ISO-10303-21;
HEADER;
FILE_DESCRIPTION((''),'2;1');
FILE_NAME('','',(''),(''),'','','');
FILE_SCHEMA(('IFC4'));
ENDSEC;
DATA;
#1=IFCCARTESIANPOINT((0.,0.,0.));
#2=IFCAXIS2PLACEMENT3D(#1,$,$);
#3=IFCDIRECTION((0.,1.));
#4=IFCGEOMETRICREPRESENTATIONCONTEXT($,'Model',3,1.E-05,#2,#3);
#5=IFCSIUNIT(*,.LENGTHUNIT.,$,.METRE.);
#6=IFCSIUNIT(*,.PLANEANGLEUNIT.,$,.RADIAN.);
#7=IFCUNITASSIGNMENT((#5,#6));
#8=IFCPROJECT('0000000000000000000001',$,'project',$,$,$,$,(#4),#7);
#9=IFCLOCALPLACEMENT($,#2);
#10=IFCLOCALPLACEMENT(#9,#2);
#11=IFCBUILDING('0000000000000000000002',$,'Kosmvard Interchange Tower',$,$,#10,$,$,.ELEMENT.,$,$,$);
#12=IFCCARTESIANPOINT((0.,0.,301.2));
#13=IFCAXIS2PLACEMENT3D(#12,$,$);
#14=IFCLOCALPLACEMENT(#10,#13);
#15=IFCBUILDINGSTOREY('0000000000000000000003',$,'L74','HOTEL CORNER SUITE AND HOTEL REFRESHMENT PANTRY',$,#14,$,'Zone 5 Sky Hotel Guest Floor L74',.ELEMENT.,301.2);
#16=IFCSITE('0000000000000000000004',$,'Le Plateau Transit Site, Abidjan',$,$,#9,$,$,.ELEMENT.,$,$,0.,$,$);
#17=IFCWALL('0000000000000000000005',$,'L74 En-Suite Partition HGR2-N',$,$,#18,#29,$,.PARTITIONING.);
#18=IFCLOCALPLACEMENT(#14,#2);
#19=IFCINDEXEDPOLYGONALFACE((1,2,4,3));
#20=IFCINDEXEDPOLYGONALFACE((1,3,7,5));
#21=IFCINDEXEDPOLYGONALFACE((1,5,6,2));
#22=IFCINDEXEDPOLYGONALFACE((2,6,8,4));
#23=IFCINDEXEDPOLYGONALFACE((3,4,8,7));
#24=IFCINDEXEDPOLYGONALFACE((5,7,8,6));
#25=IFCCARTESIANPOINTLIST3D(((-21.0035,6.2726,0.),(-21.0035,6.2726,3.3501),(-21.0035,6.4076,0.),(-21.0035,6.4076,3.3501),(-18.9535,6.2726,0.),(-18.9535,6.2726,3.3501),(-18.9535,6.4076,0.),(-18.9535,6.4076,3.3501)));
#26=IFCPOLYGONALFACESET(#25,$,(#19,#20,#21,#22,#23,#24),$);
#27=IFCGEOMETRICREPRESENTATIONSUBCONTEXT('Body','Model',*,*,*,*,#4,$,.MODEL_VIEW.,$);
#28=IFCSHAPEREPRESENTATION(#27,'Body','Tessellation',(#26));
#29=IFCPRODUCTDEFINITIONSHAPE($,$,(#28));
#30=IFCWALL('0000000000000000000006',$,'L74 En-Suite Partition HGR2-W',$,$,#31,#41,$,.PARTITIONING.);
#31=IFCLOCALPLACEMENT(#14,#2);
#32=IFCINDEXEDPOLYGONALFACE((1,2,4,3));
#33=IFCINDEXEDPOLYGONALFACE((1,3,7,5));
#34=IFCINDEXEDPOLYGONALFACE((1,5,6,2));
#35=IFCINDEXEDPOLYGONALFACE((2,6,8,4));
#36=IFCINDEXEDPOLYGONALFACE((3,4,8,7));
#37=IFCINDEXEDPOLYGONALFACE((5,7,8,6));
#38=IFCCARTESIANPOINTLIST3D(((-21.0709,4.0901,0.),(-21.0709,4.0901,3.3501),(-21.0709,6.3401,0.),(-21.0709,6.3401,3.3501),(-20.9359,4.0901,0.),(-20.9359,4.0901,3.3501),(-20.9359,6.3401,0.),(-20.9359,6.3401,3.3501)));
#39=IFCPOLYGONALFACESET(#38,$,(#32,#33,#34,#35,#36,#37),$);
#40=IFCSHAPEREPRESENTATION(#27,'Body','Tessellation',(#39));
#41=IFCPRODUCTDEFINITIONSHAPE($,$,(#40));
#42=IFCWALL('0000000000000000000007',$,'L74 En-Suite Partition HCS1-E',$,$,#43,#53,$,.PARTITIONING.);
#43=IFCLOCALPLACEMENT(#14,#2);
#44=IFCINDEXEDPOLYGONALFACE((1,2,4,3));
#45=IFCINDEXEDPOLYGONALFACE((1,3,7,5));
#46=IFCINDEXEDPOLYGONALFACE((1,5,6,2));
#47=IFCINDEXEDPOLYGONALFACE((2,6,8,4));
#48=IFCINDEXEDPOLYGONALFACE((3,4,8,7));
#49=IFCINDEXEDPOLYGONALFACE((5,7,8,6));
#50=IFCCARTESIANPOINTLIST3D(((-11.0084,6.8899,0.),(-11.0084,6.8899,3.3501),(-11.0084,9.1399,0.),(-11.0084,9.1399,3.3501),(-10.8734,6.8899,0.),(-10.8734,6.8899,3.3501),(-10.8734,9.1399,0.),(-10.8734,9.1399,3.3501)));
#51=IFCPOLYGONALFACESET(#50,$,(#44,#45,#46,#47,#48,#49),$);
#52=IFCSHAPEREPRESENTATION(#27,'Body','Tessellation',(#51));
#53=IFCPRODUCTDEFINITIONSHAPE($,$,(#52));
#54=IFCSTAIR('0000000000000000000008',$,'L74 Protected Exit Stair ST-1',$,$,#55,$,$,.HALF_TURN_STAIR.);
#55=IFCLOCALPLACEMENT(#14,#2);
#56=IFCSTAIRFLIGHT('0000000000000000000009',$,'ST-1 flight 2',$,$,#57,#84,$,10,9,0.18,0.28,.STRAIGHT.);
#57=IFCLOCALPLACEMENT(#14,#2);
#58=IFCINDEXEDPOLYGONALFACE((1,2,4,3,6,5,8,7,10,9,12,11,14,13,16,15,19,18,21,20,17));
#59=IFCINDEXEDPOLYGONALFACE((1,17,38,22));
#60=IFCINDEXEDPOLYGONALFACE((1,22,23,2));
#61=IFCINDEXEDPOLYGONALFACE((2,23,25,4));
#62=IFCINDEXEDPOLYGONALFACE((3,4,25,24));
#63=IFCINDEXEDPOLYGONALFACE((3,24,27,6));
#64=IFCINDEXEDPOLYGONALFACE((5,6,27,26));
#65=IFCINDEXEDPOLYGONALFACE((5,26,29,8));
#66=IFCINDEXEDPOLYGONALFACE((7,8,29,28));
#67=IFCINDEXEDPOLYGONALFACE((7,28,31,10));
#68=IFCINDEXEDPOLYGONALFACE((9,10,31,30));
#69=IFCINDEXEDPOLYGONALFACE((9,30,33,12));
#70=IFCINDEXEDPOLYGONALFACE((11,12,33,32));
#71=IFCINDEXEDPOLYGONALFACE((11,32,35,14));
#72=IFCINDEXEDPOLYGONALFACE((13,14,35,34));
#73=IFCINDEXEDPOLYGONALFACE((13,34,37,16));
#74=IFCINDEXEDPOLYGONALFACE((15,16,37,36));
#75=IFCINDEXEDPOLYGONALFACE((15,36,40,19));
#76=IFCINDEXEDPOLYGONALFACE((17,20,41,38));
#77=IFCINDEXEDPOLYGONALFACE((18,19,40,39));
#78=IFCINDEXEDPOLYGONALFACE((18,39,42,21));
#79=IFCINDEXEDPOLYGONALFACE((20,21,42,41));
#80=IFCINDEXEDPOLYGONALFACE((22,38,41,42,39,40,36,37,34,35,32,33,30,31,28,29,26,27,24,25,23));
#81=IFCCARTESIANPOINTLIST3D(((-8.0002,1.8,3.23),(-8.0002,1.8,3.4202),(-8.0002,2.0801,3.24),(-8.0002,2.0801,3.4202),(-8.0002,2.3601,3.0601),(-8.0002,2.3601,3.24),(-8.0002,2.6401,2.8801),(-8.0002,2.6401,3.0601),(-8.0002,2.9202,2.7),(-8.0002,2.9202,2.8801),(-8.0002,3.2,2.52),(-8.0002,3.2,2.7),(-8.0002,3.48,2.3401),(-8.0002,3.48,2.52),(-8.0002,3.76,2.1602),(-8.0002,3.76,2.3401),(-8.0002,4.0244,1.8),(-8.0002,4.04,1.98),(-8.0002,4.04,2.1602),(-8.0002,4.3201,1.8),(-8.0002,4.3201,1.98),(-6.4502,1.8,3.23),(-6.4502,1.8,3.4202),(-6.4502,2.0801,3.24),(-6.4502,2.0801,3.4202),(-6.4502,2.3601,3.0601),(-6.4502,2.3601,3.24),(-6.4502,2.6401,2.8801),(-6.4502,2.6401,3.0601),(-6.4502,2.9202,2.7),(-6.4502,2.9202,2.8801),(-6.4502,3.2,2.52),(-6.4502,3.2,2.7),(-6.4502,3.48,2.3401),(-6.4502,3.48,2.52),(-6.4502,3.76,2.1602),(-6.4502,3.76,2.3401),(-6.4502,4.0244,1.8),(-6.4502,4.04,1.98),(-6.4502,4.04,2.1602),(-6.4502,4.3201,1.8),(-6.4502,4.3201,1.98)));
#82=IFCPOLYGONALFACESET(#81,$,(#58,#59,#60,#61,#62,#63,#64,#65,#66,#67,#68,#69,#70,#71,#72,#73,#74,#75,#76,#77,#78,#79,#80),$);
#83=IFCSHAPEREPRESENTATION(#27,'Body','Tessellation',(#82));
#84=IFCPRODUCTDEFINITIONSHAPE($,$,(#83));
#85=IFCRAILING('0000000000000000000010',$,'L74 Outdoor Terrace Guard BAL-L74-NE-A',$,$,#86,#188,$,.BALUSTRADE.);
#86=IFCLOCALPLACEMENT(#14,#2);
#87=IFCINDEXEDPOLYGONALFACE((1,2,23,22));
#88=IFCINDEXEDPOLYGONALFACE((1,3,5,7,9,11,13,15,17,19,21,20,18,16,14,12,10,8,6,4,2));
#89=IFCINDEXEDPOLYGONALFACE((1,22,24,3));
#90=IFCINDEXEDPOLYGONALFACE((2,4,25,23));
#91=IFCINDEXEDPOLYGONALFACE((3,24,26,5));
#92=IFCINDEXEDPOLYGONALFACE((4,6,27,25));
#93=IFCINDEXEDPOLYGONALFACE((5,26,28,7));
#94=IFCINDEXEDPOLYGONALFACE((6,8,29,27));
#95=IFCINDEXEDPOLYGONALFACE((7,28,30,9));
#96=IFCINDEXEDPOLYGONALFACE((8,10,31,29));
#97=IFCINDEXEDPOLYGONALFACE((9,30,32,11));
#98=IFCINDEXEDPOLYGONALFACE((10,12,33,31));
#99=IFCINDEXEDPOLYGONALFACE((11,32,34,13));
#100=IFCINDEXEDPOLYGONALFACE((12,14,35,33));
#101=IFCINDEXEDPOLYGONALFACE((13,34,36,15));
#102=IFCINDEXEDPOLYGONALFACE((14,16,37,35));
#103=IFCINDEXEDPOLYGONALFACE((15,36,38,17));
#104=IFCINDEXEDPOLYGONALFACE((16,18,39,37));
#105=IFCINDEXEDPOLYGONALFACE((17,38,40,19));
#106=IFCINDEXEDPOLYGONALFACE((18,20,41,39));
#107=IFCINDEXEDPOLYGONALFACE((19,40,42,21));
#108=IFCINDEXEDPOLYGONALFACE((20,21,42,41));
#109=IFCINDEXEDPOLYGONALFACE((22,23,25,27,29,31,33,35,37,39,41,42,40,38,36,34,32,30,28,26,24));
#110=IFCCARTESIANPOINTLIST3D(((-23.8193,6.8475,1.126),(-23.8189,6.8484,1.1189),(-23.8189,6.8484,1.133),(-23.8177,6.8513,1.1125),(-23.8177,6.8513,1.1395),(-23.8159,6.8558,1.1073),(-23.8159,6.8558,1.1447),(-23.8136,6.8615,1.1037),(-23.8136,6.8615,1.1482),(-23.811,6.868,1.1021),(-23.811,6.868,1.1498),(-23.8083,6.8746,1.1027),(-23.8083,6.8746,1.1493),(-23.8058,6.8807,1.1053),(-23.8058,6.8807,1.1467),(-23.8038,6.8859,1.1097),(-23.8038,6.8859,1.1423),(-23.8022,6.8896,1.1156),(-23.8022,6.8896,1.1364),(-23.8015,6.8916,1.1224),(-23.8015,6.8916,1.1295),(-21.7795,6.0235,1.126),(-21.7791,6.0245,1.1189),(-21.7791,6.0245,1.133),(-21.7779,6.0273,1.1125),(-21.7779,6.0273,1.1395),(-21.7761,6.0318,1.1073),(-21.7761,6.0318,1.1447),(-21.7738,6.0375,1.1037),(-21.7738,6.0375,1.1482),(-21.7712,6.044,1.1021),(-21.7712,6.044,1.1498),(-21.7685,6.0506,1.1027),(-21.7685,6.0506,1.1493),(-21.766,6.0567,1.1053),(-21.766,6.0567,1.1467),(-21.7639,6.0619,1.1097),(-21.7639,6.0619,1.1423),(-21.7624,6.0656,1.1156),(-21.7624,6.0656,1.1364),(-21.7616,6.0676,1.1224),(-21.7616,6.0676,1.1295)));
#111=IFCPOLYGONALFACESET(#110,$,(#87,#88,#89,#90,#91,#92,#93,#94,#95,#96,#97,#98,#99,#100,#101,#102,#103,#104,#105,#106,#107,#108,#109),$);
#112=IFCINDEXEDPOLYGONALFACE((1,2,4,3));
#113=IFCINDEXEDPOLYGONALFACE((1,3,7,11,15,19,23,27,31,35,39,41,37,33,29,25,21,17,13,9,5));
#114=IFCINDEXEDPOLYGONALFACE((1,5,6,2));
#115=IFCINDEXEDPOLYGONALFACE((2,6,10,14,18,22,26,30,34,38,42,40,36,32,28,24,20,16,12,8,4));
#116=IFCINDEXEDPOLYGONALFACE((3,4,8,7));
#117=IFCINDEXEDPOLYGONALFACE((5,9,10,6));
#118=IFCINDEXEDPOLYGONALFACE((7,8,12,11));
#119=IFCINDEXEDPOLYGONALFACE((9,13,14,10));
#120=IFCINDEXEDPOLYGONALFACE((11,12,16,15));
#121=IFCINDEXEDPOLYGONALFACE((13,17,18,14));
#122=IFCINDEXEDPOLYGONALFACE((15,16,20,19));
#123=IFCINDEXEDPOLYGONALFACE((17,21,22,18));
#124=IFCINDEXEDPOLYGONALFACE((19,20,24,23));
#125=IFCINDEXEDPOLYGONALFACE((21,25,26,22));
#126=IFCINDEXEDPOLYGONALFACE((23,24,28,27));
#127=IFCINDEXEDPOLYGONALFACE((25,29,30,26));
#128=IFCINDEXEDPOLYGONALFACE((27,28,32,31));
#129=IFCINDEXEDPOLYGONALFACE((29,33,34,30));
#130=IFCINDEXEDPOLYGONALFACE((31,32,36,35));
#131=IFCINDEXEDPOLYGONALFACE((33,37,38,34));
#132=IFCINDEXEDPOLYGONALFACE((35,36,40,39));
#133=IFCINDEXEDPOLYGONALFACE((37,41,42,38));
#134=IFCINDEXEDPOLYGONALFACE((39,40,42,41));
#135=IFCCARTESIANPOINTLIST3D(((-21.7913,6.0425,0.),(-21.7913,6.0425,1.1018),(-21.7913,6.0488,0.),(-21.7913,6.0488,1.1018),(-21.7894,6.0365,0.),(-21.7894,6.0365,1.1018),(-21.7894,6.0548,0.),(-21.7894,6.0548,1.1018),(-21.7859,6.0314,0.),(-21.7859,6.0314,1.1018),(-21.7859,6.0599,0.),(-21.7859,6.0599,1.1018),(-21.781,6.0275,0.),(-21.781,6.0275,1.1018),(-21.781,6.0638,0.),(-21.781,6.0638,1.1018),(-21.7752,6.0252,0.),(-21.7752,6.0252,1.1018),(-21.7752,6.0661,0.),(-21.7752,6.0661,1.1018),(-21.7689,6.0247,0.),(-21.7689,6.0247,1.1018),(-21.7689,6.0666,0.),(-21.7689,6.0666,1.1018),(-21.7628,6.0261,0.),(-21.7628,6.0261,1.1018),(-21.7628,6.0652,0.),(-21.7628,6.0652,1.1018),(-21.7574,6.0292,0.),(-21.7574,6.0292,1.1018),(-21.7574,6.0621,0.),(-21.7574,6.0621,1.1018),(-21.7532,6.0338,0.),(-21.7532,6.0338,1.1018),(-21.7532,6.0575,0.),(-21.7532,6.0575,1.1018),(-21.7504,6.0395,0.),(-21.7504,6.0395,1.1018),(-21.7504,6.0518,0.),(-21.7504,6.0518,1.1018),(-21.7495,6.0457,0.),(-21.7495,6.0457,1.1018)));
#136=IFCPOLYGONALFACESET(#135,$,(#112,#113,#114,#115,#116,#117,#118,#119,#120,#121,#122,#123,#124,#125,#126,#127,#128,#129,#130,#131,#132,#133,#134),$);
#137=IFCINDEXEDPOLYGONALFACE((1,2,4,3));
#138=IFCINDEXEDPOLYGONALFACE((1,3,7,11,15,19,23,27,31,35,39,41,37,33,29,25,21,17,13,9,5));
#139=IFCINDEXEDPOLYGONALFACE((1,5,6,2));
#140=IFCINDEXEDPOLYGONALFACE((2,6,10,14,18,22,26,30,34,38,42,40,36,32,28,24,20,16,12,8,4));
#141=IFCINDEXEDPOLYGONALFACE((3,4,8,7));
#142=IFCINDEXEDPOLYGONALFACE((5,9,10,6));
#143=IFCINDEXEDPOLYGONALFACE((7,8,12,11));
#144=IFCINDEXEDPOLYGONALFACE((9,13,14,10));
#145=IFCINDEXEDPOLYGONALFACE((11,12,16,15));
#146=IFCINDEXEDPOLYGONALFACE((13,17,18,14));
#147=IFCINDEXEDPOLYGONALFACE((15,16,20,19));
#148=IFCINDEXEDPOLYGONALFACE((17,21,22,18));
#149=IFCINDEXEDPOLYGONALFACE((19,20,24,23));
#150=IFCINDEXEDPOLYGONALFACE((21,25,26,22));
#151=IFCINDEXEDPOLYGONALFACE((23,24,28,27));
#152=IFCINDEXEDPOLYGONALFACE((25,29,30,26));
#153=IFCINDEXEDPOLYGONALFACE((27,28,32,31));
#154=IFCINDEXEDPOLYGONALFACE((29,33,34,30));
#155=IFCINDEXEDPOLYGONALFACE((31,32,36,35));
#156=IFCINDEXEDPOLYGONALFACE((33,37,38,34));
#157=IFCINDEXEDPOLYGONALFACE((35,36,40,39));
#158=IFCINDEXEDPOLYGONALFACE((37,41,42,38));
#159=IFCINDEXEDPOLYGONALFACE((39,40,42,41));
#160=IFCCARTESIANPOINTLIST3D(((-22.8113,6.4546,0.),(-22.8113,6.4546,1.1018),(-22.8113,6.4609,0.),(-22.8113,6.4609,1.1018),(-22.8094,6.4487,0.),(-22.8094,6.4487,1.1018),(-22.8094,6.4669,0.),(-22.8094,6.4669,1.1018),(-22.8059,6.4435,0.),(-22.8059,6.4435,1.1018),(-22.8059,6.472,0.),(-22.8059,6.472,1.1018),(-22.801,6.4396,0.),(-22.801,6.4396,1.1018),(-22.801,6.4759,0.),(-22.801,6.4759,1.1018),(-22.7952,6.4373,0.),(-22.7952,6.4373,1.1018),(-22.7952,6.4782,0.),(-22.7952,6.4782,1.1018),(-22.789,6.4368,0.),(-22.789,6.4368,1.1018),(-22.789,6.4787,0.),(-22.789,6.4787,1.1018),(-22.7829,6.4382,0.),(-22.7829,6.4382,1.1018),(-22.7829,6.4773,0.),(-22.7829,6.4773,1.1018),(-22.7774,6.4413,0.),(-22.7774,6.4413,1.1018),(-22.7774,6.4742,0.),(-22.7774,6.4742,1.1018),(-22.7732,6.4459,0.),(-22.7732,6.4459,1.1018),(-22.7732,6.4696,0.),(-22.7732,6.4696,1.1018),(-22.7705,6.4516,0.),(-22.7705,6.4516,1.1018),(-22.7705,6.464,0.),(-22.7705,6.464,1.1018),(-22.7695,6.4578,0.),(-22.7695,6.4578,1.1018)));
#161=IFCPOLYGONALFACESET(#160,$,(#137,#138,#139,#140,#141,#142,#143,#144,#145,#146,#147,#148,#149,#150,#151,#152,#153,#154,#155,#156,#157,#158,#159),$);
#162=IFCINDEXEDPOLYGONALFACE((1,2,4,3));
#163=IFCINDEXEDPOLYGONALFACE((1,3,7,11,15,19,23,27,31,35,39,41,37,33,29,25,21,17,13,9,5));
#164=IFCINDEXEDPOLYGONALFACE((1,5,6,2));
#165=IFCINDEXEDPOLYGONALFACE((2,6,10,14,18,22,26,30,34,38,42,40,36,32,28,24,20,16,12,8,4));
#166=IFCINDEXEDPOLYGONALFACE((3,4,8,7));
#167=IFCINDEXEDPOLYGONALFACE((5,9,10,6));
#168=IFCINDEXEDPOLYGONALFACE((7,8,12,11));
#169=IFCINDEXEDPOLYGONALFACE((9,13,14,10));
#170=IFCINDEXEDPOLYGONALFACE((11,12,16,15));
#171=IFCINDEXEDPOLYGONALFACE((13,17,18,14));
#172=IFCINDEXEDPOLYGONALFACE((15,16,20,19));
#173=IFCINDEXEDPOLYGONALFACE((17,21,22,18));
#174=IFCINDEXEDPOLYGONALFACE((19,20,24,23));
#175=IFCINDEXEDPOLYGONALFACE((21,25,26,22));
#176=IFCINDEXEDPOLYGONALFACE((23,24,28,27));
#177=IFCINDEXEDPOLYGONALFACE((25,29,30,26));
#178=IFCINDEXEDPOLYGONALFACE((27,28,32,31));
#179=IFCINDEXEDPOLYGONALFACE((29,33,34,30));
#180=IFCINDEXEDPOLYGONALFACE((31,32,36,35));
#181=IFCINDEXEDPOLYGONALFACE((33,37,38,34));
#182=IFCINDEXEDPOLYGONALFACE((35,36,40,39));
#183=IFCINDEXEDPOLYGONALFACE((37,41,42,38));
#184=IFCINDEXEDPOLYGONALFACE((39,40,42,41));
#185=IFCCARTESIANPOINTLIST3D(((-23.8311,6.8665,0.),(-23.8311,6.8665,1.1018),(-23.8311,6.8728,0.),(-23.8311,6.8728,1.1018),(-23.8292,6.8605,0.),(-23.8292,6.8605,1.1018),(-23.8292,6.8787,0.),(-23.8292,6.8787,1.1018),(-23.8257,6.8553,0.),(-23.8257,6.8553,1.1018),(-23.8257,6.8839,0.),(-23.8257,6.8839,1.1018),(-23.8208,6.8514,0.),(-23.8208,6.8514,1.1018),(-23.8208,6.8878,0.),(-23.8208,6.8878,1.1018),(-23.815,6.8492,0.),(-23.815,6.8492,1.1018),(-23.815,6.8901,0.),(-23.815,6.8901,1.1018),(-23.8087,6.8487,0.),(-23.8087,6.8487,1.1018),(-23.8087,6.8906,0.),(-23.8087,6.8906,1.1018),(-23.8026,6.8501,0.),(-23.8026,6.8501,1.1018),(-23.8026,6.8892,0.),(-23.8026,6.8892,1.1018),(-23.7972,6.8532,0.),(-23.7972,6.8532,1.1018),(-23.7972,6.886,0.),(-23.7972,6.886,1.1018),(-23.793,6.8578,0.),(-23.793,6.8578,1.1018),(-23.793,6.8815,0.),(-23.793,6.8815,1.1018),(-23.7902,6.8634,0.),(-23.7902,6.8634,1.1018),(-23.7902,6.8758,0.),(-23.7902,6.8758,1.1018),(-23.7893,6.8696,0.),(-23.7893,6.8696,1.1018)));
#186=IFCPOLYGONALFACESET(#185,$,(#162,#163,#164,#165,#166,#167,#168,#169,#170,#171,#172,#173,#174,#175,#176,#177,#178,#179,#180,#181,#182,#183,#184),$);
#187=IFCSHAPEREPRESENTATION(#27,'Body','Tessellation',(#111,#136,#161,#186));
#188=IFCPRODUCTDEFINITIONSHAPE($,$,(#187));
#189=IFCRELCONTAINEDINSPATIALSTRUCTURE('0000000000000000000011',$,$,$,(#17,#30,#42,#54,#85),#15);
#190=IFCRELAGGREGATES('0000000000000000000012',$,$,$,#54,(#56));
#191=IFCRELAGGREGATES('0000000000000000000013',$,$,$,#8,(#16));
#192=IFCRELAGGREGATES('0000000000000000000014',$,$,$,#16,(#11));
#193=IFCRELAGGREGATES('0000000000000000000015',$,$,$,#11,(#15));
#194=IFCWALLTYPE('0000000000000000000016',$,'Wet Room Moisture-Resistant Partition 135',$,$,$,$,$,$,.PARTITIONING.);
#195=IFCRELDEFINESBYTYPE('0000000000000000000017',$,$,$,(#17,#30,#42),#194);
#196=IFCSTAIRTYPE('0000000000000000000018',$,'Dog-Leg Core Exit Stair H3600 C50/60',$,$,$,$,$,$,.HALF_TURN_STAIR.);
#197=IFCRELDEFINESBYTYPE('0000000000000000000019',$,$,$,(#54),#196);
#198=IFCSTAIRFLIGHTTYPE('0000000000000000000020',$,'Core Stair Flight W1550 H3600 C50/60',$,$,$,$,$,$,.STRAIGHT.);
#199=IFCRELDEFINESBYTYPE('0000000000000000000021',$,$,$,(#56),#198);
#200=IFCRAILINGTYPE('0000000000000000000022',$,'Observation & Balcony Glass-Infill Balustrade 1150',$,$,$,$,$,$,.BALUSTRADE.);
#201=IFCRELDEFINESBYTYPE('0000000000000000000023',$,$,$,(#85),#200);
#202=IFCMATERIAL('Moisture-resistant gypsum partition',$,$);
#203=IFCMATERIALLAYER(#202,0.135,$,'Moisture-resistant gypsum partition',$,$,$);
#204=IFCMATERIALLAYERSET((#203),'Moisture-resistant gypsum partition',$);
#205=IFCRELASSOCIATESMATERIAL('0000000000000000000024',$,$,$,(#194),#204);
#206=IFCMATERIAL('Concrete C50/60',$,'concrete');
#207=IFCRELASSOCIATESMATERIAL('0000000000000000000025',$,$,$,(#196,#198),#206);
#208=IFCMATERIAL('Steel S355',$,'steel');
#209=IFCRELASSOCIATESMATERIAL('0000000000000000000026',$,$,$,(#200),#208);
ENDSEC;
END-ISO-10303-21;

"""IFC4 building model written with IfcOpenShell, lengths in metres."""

from ifc_helpers import new_model, si_unit, direction, frame, frame_2d, origin, origin_2d, place, context, subcontext, project, spatial, polyline, rectangle, circle, outline, extrude, source, transform, mapped, material, layer, layer_set, type_object, element, aggregate, save


model = new_model("IFC4")

# Units and contexts
model_context = context("Model", 3, precision=1e-05, world=origin(), true_north=direction((0.0, 1.0)))
body_context = subcontext(model_context, "Body", "Model", "MODEL_VIEW")
ifc_project = project(units=[si_unit("LENGTHUNIT", "METRE"), si_unit("PLANEANGLEUNIT", "RADIAN")], contexts=[model_context])

# Site, building, storey
site_placement = place(None, origin())
site = spatial("IfcSite", under=ifc_project, at=site_placement, Name="Le Plateau Transit Site, Abidjan", CompositionType="ELEMENT", RefElevation=0.0)
building_placement = place(site_placement, origin())
building = spatial("IfcBuilding", under=site, at=building_placement, Name="Kosmvard Interchange Tower", CompositionType="ELEMENT")
storey_placement = place(building_placement, frame((0.0, 0.0, 301.2)))
storey = spatial("IfcBuildingStorey", under=building, at=storey_placement, Name="L74", Description="HOTEL CORNER SUITE AND HOTEL REFRESHMENT PANTRY", LongName="Zone 5 Sky Hotel Guest Floor L74", CompositionType="ELEMENT", Elevation=301.2)

# Shared definitions
ifc_material_1 = material(Name="Concrete C50/60", Category="concrete")

# Shared definitions
ifc_material_2 = material(Name="Steel S355", Category="steel")

# Shared definitions
ifc_material_3 = material(Name="Moisture-resistant gypsum partition")
ifc_layer_1 = layer(ifc_material_3, 0.135, Name="Moisture-resistant gypsum partition")
ifc_layer_set_1 = layer_set([ifc_layer_1], Name="Moisture-resistant gypsum partition")
wall_type_1 = type_object("IfcWallType", Name="Wet Room Moisture-Resistant Partition 135", PredefinedType="PARTITIONING", material=ifc_layer_set_1)

# Walls
wall_1_placement = place(storey_placement, frame((-21.0034, 6.3401, 0.0), z_axis=(0.0, 0.0, 1.0), x_axis=(1.0, 0.0, 0.0)))
element("IfcWall", 1, at=wall_1_placement, inside=storey, type_object=wall_type_1, Name="L74 En-Suite Partition HGR2-N", PredefinedType="PARTITIONING", context=body_context, shape_type="SweptSolid", body=[
    extrude(rectangle(XDim=2.05, YDim=0.135, at=frame_2d((1.0249, 0.0))), origin(), (0.0, 0.0, 1.0), 3.3501),
])
for number, where, z_axis, x_axis, name in (
    (2, (-21.0034, 4.0901, 0.0), (0.0, 0.0, 1.0), (0.0, 1.0, 0.0), "L74 En-Suite Partition HGR2-W"),
    (3, (-10.9409, 6.8899, 0.0), (0.0, 0.0, 1.0), (0.0, 1.0, 0.0), "L74 En-Suite Partition HCS1-E"),
):
    element("IfcWall", number, at=place(storey_placement, frame(where, z_axis=z_axis, x_axis=x_axis)), inside=storey, type_object=wall_type_1, Name=name, PredefinedType="PARTITIONING", context=body_context, shape_type="SweptSolid", body=[
        extrude(rectangle(XDim=2.25, YDim=0.135, at=frame_2d((1.125, 0.0))), origin(), (0.0, 0.0, 1.0), 3.3501),
    ])

# Stair, stair flight
stair_type = type_object("IfcStairType", Name="Dog-Leg Core Exit Stair H3600 C50/60", PredefinedType="HALF_TURN_STAIR", material=ifc_material_1)
stair_placement = place(storey_placement, origin())
stair = element("IfcStair", 4, at=stair_placement, inside=storey, type_object=stair_type, Name="L74 Protected Exit Stair ST-1", PredefinedType="HALF_TURN_STAIR")
stair_flight_type = type_object("IfcStairFlightType", Name="Core Stair Flight W1550 H3600 C50/60", PredefinedType="STRAIGHT", material=ifc_material_1)
shared_shape_1 = source(origin(), body_context, "Body", "SweptSolid", [
    extrude(outline(polyline([(0.0, 0.0), (0.0, 0.1799), (0.28, 0.1799), (0.28, 0.3601), (0.5601, 0.3601), (0.5601, 0.54), (0.8401, 0.54), (0.8401, 0.72), (1.1201, 0.72), (1.1201, 0.8999), (1.3999, 0.8999), (1.3999, 1.0801), (1.6799, 1.0801), (1.6799, 1.26), (1.96, 1.26), (1.96, 1.4399), (2.24, 1.4399), (2.24, 1.6201), (2.52, 1.6201), (2.52, 1.8), (2.52, 1.4299), (0.2957, 0.0), (0.0, 0.0)])), frame((0.0, 0.7749, 0.0), z_axis=(0.0, -1.0, 0.0), x_axis=(1.0, 0.0, 0.0)), (0.0, 0.0, 1.0), 1.55),
])
stair_flight_placement = place(storey_placement, frame((-7.2251, 4.3201, 1.8), z_axis=(0.0, 0.0, 1.0), x_axis=(0.0, -1.0, 0.0)))
stair_flight = element("IfcStairFlight", 5, at=stair_flight_placement, type_object=stair_flight_type, Name="ST-1 flight 2", NumberOfRisers=10, NumberOfTreads=9, PredefinedType="STRAIGHT", RiserHeight=0.18, TreadLength=0.28, context=body_context, shape_type="MappedRepresentation", body=[
    mapped(shared_shape_1, transform((0.0, 0.0, 0.0), scale=1.0)),
])
aggregate(stair, [stair_flight])

# Railing
railing_type_1 = type_object("IfcRailingType", Name="Observation & Balcony Glass-Infill Balustrade 1150", PredefinedType="BALUSTRADE", material=ifc_material_2)
shared_shape_2 = source(origin(), body_context, "Body", "SweptSolid", [
    extrude(circle(Radius=0.0239, at=origin_2d()), frame((0.0, 0.0, 1.126), z_axis=(-0.927208, 0.374546, 0.0), x_axis=(-0.374546, -0.927208, 0.0)), (0.0, 0.0, 1.0), 2.2),
    extrude(circle(Radius=0.021, at=origin_2d()), origin(), (0.0, 0.0, 1.0), 1.1018),
    extrude(circle(Radius=0.021, at=origin_2d()), frame((-1.02, 0.4121, 0.0)), (0.0, 0.0, 1.0), 1.1018),
    extrude(circle(Radius=0.021, at=origin_2d()), frame((-2.0398, 0.824, 0.0)), (0.0, 0.0, 1.0), 1.1018),
])
railing_1_placement = place(storey_placement, frame((-21.7705, 6.0457, 0.0)))
element("IfcRailing", 6, at=railing_1_placement, inside=storey, type_object=railing_type_1, Name="L74 Outdoor Terrace Guard BAL-L74-NE-A", PredefinedType="BALUSTRADE", context=body_context, shape_type="MappedRepresentation", body=[
    mapped(shared_shape_2, transform((0.0, 0.0, 0.0), scale=1.0)),
])

save(model, "model.ifc")
